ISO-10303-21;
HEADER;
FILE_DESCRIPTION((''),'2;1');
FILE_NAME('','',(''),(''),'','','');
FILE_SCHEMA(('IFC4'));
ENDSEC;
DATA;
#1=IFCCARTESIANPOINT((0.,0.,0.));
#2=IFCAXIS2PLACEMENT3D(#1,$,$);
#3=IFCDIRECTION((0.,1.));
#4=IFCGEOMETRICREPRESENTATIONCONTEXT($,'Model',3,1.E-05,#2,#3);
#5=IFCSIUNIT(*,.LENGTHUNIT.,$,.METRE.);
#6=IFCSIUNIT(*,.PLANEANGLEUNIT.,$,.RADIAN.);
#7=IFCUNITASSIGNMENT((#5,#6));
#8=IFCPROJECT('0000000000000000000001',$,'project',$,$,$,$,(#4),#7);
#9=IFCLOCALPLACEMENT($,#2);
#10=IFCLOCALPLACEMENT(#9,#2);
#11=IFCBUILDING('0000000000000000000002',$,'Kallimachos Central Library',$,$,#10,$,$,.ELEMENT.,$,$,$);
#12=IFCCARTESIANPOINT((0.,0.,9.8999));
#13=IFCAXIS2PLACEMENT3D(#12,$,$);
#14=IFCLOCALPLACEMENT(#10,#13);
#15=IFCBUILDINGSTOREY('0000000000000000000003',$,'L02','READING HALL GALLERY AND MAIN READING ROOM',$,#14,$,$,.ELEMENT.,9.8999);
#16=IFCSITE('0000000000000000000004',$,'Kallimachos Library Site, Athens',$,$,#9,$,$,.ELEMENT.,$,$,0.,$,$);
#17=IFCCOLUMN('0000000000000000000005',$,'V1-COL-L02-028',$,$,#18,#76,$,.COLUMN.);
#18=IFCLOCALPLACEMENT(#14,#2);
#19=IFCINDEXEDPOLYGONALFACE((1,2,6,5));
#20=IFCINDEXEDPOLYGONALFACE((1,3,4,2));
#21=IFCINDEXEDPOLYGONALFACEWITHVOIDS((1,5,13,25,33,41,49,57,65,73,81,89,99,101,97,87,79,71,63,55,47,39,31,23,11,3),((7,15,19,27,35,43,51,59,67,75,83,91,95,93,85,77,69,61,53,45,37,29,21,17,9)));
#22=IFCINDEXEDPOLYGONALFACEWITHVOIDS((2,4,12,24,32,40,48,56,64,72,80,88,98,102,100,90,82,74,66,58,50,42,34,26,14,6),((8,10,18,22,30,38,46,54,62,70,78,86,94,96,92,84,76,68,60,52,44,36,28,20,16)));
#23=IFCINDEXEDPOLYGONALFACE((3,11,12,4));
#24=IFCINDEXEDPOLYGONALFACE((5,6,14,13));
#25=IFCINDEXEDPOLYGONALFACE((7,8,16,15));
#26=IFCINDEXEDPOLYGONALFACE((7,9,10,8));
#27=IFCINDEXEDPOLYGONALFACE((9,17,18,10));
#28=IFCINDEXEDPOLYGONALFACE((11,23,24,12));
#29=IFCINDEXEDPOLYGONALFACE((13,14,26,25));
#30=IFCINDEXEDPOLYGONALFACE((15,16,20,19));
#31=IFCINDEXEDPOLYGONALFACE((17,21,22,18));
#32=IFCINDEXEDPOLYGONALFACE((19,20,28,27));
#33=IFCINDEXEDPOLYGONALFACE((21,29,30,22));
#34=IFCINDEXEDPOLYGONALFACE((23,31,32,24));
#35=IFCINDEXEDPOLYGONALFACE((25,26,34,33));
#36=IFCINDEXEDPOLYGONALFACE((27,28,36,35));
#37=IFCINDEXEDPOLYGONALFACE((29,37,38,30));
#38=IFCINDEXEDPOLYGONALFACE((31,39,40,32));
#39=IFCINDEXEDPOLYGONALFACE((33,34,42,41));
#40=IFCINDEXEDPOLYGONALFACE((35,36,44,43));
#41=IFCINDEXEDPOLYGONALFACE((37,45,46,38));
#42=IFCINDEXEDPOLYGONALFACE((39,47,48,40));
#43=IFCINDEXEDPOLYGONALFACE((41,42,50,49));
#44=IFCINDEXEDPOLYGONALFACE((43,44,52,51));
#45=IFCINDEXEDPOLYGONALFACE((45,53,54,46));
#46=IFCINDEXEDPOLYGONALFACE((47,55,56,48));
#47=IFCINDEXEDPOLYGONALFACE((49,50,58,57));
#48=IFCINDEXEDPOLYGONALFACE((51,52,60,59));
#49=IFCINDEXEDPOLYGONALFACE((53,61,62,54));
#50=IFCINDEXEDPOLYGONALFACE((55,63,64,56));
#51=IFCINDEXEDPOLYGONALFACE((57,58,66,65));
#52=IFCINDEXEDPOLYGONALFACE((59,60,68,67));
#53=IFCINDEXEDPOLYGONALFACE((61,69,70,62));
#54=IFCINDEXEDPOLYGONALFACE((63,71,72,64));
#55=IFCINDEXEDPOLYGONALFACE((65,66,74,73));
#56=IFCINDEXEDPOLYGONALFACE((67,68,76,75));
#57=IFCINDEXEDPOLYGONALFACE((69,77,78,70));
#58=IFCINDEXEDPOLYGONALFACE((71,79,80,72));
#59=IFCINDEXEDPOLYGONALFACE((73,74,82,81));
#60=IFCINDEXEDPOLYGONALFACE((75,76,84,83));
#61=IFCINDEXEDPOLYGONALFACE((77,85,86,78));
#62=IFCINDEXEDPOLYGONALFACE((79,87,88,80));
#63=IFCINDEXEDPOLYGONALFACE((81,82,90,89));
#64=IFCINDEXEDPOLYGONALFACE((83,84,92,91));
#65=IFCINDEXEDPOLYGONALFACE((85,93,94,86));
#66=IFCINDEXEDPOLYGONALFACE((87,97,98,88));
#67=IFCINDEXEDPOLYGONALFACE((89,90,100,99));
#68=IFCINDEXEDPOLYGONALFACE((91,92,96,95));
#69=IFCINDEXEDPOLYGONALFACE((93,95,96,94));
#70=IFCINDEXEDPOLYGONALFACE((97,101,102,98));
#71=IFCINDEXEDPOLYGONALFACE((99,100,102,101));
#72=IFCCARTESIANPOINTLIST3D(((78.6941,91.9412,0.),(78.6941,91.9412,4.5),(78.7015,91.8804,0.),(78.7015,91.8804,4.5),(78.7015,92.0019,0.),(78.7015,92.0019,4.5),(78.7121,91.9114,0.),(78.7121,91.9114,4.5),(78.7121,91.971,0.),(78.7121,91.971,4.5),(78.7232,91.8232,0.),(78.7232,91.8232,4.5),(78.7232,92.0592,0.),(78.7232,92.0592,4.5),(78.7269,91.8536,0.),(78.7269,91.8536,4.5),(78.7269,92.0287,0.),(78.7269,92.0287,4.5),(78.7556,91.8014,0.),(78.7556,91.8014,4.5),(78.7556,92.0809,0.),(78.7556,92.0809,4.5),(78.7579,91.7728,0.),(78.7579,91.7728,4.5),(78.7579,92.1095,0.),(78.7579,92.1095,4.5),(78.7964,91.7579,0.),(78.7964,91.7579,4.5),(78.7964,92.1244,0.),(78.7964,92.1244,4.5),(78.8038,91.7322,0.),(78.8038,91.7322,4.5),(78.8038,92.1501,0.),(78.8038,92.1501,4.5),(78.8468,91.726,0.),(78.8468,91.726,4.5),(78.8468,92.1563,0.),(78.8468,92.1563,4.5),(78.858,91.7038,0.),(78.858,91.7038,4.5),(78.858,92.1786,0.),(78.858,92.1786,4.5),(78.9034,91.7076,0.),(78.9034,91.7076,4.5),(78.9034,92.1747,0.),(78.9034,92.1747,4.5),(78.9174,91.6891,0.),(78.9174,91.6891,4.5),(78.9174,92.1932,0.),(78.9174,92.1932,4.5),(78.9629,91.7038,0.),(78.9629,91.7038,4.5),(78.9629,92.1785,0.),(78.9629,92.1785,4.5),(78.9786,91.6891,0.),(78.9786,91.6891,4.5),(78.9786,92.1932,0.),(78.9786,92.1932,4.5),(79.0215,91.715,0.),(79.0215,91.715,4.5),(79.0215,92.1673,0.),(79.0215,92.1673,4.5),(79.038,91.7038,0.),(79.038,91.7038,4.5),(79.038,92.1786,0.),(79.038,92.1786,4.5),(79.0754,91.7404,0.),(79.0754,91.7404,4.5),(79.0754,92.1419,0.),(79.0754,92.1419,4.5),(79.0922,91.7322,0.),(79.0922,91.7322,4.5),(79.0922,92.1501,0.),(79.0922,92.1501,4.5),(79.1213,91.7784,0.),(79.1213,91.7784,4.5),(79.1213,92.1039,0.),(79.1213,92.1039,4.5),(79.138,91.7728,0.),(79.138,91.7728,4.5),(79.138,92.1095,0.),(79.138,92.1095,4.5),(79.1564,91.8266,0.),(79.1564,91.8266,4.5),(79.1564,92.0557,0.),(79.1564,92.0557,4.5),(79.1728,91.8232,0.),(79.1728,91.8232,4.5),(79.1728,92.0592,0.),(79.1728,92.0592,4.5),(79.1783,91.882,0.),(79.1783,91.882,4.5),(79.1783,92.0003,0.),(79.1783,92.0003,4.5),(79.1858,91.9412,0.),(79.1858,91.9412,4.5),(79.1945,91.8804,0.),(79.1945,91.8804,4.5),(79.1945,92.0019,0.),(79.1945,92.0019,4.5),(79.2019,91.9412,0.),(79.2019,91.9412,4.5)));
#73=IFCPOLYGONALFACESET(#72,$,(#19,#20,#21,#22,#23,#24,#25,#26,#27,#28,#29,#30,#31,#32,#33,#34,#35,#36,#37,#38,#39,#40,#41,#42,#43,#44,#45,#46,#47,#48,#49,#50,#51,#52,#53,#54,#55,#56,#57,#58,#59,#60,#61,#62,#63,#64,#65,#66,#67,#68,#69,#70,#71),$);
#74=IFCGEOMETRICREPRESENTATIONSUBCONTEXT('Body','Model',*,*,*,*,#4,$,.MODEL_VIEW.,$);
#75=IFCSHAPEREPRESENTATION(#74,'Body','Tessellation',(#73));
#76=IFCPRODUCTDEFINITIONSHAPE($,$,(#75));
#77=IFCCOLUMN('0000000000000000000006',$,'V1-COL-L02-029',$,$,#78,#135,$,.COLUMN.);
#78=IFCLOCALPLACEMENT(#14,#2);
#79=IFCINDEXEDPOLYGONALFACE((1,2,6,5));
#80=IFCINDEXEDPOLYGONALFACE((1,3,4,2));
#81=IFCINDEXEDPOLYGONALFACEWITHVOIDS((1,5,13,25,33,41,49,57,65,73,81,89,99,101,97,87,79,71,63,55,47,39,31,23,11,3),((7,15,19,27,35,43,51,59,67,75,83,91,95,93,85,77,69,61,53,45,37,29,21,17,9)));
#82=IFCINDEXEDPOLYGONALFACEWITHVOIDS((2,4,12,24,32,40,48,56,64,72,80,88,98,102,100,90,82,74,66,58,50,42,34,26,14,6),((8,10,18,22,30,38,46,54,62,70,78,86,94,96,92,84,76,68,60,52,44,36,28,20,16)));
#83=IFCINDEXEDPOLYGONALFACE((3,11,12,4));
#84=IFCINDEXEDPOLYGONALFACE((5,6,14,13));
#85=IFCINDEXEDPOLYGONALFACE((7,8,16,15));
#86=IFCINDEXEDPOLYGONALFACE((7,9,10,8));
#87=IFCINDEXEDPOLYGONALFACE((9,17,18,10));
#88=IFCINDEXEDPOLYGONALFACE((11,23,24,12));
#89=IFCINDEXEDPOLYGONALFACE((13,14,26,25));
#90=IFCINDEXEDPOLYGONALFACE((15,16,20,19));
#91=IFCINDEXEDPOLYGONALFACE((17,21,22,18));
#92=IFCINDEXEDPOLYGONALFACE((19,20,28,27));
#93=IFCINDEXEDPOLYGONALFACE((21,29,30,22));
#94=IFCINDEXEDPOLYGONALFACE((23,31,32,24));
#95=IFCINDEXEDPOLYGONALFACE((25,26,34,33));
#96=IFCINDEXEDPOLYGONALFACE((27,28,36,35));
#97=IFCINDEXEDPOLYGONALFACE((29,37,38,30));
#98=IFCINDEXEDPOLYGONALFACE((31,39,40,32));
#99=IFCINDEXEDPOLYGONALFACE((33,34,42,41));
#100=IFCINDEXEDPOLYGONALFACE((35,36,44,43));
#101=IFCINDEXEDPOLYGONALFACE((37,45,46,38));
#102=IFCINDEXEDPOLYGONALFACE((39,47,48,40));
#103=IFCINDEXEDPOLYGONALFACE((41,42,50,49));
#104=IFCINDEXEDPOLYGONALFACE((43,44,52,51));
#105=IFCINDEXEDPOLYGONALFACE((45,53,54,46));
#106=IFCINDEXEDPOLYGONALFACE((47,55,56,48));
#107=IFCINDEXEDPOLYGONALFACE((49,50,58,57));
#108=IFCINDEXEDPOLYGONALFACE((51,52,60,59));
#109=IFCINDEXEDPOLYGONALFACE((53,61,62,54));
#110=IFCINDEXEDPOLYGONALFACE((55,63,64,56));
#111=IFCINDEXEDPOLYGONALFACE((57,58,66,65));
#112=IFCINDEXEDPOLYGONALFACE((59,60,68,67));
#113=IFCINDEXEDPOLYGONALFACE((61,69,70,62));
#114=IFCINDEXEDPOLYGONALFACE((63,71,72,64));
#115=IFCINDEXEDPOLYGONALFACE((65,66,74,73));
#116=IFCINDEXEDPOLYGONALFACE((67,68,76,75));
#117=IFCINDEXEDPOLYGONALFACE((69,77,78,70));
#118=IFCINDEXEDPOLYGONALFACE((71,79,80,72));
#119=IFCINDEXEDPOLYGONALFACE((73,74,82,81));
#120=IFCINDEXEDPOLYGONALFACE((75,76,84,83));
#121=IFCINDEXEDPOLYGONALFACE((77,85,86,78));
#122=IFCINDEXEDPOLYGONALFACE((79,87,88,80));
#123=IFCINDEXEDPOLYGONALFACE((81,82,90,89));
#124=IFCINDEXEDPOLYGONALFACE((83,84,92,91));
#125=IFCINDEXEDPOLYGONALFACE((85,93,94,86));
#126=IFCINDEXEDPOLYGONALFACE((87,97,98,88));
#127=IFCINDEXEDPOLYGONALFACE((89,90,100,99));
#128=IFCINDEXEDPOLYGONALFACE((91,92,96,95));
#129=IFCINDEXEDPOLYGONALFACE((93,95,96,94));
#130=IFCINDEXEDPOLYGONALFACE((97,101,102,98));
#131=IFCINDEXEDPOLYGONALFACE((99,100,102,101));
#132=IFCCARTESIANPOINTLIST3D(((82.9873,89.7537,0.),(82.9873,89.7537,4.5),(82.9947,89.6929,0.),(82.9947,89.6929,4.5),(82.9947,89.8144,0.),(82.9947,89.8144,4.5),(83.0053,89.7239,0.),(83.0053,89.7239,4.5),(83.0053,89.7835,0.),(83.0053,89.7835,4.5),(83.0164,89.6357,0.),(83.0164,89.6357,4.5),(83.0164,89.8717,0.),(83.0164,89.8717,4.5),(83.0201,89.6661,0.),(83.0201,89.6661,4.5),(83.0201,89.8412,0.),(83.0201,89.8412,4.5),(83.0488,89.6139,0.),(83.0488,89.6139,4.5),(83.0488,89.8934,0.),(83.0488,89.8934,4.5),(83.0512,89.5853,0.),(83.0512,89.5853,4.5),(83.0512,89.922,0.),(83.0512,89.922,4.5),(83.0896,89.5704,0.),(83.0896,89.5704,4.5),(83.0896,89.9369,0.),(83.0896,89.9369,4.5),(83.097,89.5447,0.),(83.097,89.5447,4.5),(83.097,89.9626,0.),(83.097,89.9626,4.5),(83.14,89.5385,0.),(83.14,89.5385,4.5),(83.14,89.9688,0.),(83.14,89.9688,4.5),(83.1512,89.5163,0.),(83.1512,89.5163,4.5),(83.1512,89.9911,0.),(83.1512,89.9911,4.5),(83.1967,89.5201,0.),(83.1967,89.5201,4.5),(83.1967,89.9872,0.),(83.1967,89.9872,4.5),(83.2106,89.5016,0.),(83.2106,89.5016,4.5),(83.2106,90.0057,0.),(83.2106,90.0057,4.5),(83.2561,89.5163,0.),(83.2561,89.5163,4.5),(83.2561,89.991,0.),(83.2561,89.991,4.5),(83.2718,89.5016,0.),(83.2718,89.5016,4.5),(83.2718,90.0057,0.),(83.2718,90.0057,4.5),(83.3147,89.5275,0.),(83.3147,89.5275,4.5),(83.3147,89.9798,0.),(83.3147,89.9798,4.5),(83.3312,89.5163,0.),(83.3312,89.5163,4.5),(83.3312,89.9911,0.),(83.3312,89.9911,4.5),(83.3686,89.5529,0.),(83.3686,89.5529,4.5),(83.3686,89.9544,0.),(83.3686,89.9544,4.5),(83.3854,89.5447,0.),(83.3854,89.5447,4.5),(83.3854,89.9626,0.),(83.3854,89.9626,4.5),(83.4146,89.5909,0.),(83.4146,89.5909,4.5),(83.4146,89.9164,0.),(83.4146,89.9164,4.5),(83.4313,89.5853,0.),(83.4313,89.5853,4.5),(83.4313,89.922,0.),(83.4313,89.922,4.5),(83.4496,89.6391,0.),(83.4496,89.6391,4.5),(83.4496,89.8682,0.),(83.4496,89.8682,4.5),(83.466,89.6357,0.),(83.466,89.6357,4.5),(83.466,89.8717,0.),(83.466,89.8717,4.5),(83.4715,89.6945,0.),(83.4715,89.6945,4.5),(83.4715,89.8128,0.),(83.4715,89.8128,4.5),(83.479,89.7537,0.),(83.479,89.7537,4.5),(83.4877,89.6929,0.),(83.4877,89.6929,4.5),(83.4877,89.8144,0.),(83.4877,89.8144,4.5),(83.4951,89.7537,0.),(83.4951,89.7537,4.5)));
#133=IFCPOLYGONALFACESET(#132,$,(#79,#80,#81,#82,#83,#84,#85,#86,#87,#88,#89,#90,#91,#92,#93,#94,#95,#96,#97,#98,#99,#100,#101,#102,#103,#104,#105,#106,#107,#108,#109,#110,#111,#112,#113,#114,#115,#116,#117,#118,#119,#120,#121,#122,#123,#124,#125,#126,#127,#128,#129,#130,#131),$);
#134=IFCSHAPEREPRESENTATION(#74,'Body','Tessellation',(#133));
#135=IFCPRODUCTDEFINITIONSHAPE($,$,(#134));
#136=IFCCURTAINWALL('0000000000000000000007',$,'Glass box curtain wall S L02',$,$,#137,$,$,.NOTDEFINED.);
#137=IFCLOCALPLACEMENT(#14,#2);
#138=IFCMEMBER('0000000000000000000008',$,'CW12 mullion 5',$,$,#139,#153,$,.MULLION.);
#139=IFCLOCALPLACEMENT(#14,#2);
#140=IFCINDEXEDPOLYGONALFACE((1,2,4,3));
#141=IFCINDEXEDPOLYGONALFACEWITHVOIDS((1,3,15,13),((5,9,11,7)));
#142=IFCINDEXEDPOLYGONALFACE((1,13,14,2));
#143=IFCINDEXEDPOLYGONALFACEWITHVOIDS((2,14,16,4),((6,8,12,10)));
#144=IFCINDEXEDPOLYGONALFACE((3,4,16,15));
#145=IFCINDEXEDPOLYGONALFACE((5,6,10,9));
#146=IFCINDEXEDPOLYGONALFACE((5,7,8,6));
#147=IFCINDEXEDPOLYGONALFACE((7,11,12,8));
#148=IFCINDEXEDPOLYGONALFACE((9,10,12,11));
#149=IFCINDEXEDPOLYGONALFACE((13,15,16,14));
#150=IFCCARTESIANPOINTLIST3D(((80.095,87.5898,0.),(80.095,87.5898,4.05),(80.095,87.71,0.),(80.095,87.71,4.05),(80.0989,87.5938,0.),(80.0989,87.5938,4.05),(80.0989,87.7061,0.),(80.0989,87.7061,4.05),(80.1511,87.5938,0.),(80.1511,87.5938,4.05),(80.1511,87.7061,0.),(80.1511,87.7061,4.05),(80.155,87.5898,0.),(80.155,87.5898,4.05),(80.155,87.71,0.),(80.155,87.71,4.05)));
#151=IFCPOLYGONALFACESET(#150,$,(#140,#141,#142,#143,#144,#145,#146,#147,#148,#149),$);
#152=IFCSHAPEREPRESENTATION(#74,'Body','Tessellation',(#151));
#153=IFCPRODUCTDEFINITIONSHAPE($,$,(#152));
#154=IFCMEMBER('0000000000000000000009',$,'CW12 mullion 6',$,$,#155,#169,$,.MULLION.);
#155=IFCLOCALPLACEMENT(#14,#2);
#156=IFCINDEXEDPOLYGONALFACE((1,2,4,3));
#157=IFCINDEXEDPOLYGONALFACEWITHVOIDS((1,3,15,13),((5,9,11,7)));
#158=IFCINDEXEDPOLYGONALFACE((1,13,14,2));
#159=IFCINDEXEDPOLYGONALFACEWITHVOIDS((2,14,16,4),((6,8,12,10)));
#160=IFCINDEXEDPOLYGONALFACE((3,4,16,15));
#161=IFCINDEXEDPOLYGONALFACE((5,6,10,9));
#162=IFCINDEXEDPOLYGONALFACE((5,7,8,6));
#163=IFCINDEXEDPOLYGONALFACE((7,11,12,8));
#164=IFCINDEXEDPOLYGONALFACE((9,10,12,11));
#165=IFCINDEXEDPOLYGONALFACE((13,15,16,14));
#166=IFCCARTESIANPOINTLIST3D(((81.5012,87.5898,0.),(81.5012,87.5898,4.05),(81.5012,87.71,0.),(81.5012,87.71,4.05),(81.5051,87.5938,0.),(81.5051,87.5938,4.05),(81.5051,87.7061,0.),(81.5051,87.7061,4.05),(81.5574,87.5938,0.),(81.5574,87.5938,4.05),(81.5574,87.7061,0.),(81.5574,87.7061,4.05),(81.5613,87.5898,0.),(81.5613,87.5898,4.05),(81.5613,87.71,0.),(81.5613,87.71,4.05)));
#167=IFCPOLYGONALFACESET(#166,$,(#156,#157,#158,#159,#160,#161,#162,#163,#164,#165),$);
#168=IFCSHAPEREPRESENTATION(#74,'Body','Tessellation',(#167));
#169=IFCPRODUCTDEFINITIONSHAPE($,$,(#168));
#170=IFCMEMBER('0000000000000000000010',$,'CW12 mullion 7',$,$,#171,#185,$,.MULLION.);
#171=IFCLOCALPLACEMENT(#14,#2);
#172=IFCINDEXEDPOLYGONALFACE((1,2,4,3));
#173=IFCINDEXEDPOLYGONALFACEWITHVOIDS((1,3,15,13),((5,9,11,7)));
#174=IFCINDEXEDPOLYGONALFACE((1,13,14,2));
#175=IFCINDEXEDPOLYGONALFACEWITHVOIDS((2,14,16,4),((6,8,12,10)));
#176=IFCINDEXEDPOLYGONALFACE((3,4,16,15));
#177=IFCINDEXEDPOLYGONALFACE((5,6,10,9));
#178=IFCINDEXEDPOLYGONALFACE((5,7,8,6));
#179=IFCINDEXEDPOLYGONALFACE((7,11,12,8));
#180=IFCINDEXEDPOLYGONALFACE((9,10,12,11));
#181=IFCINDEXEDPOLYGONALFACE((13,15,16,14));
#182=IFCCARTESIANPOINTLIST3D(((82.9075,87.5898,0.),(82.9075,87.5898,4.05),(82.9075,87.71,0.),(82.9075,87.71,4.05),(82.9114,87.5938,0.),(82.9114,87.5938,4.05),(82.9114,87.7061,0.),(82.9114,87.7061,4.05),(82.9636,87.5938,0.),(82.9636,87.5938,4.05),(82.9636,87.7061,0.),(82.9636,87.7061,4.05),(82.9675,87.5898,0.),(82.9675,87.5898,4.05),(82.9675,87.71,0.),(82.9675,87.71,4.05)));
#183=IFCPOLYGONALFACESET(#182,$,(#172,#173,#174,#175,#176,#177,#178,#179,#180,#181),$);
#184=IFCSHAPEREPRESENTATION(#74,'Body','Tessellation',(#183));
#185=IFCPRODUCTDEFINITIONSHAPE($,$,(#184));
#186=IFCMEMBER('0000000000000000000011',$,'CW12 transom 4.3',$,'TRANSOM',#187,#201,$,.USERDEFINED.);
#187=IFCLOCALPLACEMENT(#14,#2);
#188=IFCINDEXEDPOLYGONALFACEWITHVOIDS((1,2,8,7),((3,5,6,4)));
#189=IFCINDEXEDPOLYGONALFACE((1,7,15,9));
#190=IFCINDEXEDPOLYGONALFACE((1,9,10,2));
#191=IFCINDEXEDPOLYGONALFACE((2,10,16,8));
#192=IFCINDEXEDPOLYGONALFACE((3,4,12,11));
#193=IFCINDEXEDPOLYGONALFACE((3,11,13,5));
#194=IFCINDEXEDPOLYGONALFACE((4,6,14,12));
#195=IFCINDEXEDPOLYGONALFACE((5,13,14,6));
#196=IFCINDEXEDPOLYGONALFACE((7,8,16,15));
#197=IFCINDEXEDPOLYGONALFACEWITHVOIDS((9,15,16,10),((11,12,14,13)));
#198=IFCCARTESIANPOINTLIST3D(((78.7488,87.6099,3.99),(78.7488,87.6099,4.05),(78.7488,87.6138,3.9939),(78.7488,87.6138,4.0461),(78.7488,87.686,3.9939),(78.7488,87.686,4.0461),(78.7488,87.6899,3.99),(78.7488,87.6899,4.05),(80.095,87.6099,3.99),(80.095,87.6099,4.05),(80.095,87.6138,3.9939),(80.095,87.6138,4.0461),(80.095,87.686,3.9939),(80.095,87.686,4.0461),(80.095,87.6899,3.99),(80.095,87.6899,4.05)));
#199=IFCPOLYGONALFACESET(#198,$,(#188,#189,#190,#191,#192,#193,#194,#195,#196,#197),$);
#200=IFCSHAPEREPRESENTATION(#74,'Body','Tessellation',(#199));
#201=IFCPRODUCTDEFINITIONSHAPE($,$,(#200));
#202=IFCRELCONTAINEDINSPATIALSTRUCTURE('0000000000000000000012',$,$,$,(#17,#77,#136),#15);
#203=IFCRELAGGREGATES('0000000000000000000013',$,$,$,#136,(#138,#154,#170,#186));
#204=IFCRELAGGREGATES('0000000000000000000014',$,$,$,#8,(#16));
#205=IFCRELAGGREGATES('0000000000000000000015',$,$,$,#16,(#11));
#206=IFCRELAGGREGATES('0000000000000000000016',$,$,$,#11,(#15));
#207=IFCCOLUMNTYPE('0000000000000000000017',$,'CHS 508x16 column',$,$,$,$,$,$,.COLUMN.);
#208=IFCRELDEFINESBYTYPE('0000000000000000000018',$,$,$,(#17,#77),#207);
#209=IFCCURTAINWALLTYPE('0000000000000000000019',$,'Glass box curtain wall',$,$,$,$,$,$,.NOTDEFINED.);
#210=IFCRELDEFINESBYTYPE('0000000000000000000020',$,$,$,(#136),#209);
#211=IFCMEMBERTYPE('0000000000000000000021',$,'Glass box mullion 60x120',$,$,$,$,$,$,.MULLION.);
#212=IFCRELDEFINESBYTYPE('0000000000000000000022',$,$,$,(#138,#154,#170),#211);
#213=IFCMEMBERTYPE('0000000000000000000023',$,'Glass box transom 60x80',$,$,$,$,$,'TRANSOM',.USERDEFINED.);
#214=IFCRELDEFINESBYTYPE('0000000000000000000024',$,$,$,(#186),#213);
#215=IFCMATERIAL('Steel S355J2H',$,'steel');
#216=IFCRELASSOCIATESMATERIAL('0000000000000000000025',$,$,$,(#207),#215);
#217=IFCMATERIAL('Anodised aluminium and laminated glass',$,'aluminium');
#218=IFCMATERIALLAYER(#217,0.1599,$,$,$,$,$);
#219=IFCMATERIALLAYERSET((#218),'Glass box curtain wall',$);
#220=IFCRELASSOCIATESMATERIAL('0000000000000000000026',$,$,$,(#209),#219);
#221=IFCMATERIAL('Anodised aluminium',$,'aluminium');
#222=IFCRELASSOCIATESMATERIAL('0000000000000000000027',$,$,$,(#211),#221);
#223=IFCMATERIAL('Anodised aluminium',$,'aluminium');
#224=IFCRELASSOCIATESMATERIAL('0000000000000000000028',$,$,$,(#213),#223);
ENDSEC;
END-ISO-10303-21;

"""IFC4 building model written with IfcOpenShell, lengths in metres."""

from ifc_helpers import new_model, si_unit, direction, frame, origin, origin_2d, place, context, subcontext, project, spatial, hollow_rectangle, hollow_circle, extrude, material, layer, layer_set, material_profile, profile_set, type_object, element, aggregate, save


model = new_model("IFC4")

# Units and contexts
model_context = context("Model", 3, precision=1e-05, world=origin(), true_north=direction((0.0, 1.0)))
body_context = subcontext(model_context, "Body", "Model", "MODEL_VIEW")
ifc_project = project(units=[si_unit("LENGTHUNIT", "METRE"), si_unit("PLANEANGLEUNIT", "RADIAN")], contexts=[model_context])

# Site, building, storey
site_placement = place(None, origin())
site = spatial("IfcSite", under=ifc_project, at=site_placement, Name="Kallimachos Library Site, Athens", CompositionType="ELEMENT", RefElevation=0.0)
building_placement = place(site_placement, origin())
building = spatial("IfcBuilding", under=site, at=building_placement, Name="Kallimachos Central Library", CompositionType="ELEMENT")
storey_placement = place(building_placement, frame((0.0, 0.0, 9.8999)))
storey = spatial("IfcBuildingStorey", under=building, at=storey_placement, Name="L02", Description="READING HALL GALLERY AND MAIN READING ROOM", CompositionType="ELEMENT", Elevation=9.8999)

# Columns
ifc_material_1 = material(Name="Steel S355J2H", Category="steel")
ifc_material_profile_1 = material_profile(ifc_material_1, hollow_circle(Radius=0.2539, WallThickness=0.0161, at=origin_2d()), Name="CHS 508x16")
ifc_profile_set_1 = profile_set([ifc_material_profile_1], Name="Steel S355J2H")
column_type = type_object("IfcColumnType", Name="CHS 508x16 column", PredefinedType="COLUMN", material=ifc_profile_set_1)
for number, where, z_axis, x_axis, name in (
    (1, (78.948, 91.9412, 0.0), (0.0, 0.0, 1.0), (1.0, 0.0, 0.0), "V1-COL-L02-028"),
    (2, (83.2412, 89.7537, 0.0), (0.0, 0.0, 1.0), (1.0, 0.0, 0.0), "V1-COL-L02-029"),
):
    element("IfcColumn", number, at=place(storey_placement, frame(where, z_axis=z_axis, x_axis=x_axis)), inside=storey, type_object=column_type, Name=name, PredefinedType="COLUMN", context=body_context, shape_type="SweptSolid", body=[
        extrude(hollow_circle(Radius=0.2539, WallThickness=0.0161, at=origin_2d()), origin(), (0.0, 0.0, 1.0), 4.5),
    ])

# Curtain wall, members
ifc_material_2 = material(Name="Anodised aluminium and laminated glass", Category="aluminium")
ifc_layer_1 = layer(ifc_material_2, 0.1599)
ifc_layer_set_1 = layer_set([ifc_layer_1], Name="Glass box curtain wall")
curtain_wall_type = type_object("IfcCurtainWallType", Name="Glass box curtain wall", PredefinedType="NOTDEFINED", material=ifc_layer_set_1)
curtain_wall_placement = place(storey_placement, origin())
curtain_wall = element("IfcCurtainWall", 3, at=curtain_wall_placement, inside=storey, type_object=curtain_wall_type, Name="Glass box curtain wall S L02", PredefinedType="NOTDEFINED")
ifc_material_3 = material(Name="Anodised aluminium", Category="aluminium")
ifc_material_profile_2 = material_profile(ifc_material_3, hollow_rectangle(XDim=0.0601, YDim=0.1201, WallThickness=0.0039, at=origin_2d()), Name="ALU MULLION 60x120")
ifc_profile_set_2 = profile_set([ifc_material_profile_2], Name="Anodised aluminium")
member_type_1 = type_object("IfcMemberType", Name="Glass box mullion 60x120", PredefinedType="MULLION", material=ifc_profile_set_2)
member_1_placement = place(storey_placement, frame((80.125, 87.6499, 0.0), z_axis=(0.0, 0.0, 1.0), x_axis=(1.0, 0.0, 0.0)))
member_1 = element("IfcMember", 4, at=member_1_placement, type_object=member_type_1, Name="CW12 mullion 5", PredefinedType="MULLION", context=body_context, shape_type="SweptSolid", body=[
    extrude(hollow_rectangle(XDim=0.0601, YDim=0.1201, WallThickness=0.0039, at=origin_2d()), origin(), (0.0, 0.0, 1.0), 4.05),
])
member_2_placement = place(storey_placement, frame((81.5312, 87.6499, 0.0), z_axis=(0.0, 0.0, 1.0), x_axis=(1.0, 0.0, 0.0)))
member_2 = element("IfcMember", 5, at=member_2_placement, type_object=member_type_1, Name="CW12 mullion 6", PredefinedType="MULLION", context=body_context, shape_type="SweptSolid", body=[
    extrude(hollow_rectangle(XDim=0.0601, YDim=0.1201, WallThickness=0.0039, at=origin_2d()), origin(), (0.0, 0.0, 1.0), 4.05),
])
member_3_placement = place(storey_placement, frame((82.9375, 87.6499, 0.0), z_axis=(0.0, 0.0, 1.0), x_axis=(1.0, 0.0, 0.0)))
member_3 = element("IfcMember", 6, at=member_3_placement, type_object=member_type_1, Name="CW12 mullion 7", PredefinedType="MULLION", context=body_context, shape_type="SweptSolid", body=[
    extrude(hollow_rectangle(XDim=0.0601, YDim=0.1201, WallThickness=0.0039, at=origin_2d()), origin(), (0.0, 0.0, 1.0), 4.05),
])
ifc_material_4 = material(Name="Anodised aluminium", Category="aluminium")
ifc_material_profile_3 = material_profile(ifc_material_4, hollow_rectangle(XDim=0.0601, YDim=0.0801, WallThickness=0.0039, at=origin_2d()), Name="ALU TRANSOM 60x80")
ifc_profile_set_3 = profile_set([ifc_material_profile_3], Name="Anodised aluminium")
member_type_2 = type_object("IfcMemberType", Name="Glass box transom 60x80", ElementType="TRANSOM", PredefinedType="USERDEFINED", material=ifc_profile_set_3)
member_4_placement = place(storey_placement, frame((78.7488, 87.6499, 4.02), z_axis=(1.0, 0.0, 0.0), x_axis=(0.0, 0.0, 1.0)))
member_4 = element("IfcMember", 7, at=member_4_placement, type_object=member_type_2, Name="CW12 transom 4.3", ObjectType="TRANSOM", PredefinedType="USERDEFINED", context=body_context, shape_type="SweptSolid", body=[
    extrude(hollow_rectangle(XDim=0.0601, YDim=0.0801, WallThickness=0.0039, at=origin_2d()), origin(), (0.0, 0.0, 1.0), 1.3462),
])

aggregate(curtain_wall, [member_1, member_2, member_3, member_4])

save(model, "model.ifc")
